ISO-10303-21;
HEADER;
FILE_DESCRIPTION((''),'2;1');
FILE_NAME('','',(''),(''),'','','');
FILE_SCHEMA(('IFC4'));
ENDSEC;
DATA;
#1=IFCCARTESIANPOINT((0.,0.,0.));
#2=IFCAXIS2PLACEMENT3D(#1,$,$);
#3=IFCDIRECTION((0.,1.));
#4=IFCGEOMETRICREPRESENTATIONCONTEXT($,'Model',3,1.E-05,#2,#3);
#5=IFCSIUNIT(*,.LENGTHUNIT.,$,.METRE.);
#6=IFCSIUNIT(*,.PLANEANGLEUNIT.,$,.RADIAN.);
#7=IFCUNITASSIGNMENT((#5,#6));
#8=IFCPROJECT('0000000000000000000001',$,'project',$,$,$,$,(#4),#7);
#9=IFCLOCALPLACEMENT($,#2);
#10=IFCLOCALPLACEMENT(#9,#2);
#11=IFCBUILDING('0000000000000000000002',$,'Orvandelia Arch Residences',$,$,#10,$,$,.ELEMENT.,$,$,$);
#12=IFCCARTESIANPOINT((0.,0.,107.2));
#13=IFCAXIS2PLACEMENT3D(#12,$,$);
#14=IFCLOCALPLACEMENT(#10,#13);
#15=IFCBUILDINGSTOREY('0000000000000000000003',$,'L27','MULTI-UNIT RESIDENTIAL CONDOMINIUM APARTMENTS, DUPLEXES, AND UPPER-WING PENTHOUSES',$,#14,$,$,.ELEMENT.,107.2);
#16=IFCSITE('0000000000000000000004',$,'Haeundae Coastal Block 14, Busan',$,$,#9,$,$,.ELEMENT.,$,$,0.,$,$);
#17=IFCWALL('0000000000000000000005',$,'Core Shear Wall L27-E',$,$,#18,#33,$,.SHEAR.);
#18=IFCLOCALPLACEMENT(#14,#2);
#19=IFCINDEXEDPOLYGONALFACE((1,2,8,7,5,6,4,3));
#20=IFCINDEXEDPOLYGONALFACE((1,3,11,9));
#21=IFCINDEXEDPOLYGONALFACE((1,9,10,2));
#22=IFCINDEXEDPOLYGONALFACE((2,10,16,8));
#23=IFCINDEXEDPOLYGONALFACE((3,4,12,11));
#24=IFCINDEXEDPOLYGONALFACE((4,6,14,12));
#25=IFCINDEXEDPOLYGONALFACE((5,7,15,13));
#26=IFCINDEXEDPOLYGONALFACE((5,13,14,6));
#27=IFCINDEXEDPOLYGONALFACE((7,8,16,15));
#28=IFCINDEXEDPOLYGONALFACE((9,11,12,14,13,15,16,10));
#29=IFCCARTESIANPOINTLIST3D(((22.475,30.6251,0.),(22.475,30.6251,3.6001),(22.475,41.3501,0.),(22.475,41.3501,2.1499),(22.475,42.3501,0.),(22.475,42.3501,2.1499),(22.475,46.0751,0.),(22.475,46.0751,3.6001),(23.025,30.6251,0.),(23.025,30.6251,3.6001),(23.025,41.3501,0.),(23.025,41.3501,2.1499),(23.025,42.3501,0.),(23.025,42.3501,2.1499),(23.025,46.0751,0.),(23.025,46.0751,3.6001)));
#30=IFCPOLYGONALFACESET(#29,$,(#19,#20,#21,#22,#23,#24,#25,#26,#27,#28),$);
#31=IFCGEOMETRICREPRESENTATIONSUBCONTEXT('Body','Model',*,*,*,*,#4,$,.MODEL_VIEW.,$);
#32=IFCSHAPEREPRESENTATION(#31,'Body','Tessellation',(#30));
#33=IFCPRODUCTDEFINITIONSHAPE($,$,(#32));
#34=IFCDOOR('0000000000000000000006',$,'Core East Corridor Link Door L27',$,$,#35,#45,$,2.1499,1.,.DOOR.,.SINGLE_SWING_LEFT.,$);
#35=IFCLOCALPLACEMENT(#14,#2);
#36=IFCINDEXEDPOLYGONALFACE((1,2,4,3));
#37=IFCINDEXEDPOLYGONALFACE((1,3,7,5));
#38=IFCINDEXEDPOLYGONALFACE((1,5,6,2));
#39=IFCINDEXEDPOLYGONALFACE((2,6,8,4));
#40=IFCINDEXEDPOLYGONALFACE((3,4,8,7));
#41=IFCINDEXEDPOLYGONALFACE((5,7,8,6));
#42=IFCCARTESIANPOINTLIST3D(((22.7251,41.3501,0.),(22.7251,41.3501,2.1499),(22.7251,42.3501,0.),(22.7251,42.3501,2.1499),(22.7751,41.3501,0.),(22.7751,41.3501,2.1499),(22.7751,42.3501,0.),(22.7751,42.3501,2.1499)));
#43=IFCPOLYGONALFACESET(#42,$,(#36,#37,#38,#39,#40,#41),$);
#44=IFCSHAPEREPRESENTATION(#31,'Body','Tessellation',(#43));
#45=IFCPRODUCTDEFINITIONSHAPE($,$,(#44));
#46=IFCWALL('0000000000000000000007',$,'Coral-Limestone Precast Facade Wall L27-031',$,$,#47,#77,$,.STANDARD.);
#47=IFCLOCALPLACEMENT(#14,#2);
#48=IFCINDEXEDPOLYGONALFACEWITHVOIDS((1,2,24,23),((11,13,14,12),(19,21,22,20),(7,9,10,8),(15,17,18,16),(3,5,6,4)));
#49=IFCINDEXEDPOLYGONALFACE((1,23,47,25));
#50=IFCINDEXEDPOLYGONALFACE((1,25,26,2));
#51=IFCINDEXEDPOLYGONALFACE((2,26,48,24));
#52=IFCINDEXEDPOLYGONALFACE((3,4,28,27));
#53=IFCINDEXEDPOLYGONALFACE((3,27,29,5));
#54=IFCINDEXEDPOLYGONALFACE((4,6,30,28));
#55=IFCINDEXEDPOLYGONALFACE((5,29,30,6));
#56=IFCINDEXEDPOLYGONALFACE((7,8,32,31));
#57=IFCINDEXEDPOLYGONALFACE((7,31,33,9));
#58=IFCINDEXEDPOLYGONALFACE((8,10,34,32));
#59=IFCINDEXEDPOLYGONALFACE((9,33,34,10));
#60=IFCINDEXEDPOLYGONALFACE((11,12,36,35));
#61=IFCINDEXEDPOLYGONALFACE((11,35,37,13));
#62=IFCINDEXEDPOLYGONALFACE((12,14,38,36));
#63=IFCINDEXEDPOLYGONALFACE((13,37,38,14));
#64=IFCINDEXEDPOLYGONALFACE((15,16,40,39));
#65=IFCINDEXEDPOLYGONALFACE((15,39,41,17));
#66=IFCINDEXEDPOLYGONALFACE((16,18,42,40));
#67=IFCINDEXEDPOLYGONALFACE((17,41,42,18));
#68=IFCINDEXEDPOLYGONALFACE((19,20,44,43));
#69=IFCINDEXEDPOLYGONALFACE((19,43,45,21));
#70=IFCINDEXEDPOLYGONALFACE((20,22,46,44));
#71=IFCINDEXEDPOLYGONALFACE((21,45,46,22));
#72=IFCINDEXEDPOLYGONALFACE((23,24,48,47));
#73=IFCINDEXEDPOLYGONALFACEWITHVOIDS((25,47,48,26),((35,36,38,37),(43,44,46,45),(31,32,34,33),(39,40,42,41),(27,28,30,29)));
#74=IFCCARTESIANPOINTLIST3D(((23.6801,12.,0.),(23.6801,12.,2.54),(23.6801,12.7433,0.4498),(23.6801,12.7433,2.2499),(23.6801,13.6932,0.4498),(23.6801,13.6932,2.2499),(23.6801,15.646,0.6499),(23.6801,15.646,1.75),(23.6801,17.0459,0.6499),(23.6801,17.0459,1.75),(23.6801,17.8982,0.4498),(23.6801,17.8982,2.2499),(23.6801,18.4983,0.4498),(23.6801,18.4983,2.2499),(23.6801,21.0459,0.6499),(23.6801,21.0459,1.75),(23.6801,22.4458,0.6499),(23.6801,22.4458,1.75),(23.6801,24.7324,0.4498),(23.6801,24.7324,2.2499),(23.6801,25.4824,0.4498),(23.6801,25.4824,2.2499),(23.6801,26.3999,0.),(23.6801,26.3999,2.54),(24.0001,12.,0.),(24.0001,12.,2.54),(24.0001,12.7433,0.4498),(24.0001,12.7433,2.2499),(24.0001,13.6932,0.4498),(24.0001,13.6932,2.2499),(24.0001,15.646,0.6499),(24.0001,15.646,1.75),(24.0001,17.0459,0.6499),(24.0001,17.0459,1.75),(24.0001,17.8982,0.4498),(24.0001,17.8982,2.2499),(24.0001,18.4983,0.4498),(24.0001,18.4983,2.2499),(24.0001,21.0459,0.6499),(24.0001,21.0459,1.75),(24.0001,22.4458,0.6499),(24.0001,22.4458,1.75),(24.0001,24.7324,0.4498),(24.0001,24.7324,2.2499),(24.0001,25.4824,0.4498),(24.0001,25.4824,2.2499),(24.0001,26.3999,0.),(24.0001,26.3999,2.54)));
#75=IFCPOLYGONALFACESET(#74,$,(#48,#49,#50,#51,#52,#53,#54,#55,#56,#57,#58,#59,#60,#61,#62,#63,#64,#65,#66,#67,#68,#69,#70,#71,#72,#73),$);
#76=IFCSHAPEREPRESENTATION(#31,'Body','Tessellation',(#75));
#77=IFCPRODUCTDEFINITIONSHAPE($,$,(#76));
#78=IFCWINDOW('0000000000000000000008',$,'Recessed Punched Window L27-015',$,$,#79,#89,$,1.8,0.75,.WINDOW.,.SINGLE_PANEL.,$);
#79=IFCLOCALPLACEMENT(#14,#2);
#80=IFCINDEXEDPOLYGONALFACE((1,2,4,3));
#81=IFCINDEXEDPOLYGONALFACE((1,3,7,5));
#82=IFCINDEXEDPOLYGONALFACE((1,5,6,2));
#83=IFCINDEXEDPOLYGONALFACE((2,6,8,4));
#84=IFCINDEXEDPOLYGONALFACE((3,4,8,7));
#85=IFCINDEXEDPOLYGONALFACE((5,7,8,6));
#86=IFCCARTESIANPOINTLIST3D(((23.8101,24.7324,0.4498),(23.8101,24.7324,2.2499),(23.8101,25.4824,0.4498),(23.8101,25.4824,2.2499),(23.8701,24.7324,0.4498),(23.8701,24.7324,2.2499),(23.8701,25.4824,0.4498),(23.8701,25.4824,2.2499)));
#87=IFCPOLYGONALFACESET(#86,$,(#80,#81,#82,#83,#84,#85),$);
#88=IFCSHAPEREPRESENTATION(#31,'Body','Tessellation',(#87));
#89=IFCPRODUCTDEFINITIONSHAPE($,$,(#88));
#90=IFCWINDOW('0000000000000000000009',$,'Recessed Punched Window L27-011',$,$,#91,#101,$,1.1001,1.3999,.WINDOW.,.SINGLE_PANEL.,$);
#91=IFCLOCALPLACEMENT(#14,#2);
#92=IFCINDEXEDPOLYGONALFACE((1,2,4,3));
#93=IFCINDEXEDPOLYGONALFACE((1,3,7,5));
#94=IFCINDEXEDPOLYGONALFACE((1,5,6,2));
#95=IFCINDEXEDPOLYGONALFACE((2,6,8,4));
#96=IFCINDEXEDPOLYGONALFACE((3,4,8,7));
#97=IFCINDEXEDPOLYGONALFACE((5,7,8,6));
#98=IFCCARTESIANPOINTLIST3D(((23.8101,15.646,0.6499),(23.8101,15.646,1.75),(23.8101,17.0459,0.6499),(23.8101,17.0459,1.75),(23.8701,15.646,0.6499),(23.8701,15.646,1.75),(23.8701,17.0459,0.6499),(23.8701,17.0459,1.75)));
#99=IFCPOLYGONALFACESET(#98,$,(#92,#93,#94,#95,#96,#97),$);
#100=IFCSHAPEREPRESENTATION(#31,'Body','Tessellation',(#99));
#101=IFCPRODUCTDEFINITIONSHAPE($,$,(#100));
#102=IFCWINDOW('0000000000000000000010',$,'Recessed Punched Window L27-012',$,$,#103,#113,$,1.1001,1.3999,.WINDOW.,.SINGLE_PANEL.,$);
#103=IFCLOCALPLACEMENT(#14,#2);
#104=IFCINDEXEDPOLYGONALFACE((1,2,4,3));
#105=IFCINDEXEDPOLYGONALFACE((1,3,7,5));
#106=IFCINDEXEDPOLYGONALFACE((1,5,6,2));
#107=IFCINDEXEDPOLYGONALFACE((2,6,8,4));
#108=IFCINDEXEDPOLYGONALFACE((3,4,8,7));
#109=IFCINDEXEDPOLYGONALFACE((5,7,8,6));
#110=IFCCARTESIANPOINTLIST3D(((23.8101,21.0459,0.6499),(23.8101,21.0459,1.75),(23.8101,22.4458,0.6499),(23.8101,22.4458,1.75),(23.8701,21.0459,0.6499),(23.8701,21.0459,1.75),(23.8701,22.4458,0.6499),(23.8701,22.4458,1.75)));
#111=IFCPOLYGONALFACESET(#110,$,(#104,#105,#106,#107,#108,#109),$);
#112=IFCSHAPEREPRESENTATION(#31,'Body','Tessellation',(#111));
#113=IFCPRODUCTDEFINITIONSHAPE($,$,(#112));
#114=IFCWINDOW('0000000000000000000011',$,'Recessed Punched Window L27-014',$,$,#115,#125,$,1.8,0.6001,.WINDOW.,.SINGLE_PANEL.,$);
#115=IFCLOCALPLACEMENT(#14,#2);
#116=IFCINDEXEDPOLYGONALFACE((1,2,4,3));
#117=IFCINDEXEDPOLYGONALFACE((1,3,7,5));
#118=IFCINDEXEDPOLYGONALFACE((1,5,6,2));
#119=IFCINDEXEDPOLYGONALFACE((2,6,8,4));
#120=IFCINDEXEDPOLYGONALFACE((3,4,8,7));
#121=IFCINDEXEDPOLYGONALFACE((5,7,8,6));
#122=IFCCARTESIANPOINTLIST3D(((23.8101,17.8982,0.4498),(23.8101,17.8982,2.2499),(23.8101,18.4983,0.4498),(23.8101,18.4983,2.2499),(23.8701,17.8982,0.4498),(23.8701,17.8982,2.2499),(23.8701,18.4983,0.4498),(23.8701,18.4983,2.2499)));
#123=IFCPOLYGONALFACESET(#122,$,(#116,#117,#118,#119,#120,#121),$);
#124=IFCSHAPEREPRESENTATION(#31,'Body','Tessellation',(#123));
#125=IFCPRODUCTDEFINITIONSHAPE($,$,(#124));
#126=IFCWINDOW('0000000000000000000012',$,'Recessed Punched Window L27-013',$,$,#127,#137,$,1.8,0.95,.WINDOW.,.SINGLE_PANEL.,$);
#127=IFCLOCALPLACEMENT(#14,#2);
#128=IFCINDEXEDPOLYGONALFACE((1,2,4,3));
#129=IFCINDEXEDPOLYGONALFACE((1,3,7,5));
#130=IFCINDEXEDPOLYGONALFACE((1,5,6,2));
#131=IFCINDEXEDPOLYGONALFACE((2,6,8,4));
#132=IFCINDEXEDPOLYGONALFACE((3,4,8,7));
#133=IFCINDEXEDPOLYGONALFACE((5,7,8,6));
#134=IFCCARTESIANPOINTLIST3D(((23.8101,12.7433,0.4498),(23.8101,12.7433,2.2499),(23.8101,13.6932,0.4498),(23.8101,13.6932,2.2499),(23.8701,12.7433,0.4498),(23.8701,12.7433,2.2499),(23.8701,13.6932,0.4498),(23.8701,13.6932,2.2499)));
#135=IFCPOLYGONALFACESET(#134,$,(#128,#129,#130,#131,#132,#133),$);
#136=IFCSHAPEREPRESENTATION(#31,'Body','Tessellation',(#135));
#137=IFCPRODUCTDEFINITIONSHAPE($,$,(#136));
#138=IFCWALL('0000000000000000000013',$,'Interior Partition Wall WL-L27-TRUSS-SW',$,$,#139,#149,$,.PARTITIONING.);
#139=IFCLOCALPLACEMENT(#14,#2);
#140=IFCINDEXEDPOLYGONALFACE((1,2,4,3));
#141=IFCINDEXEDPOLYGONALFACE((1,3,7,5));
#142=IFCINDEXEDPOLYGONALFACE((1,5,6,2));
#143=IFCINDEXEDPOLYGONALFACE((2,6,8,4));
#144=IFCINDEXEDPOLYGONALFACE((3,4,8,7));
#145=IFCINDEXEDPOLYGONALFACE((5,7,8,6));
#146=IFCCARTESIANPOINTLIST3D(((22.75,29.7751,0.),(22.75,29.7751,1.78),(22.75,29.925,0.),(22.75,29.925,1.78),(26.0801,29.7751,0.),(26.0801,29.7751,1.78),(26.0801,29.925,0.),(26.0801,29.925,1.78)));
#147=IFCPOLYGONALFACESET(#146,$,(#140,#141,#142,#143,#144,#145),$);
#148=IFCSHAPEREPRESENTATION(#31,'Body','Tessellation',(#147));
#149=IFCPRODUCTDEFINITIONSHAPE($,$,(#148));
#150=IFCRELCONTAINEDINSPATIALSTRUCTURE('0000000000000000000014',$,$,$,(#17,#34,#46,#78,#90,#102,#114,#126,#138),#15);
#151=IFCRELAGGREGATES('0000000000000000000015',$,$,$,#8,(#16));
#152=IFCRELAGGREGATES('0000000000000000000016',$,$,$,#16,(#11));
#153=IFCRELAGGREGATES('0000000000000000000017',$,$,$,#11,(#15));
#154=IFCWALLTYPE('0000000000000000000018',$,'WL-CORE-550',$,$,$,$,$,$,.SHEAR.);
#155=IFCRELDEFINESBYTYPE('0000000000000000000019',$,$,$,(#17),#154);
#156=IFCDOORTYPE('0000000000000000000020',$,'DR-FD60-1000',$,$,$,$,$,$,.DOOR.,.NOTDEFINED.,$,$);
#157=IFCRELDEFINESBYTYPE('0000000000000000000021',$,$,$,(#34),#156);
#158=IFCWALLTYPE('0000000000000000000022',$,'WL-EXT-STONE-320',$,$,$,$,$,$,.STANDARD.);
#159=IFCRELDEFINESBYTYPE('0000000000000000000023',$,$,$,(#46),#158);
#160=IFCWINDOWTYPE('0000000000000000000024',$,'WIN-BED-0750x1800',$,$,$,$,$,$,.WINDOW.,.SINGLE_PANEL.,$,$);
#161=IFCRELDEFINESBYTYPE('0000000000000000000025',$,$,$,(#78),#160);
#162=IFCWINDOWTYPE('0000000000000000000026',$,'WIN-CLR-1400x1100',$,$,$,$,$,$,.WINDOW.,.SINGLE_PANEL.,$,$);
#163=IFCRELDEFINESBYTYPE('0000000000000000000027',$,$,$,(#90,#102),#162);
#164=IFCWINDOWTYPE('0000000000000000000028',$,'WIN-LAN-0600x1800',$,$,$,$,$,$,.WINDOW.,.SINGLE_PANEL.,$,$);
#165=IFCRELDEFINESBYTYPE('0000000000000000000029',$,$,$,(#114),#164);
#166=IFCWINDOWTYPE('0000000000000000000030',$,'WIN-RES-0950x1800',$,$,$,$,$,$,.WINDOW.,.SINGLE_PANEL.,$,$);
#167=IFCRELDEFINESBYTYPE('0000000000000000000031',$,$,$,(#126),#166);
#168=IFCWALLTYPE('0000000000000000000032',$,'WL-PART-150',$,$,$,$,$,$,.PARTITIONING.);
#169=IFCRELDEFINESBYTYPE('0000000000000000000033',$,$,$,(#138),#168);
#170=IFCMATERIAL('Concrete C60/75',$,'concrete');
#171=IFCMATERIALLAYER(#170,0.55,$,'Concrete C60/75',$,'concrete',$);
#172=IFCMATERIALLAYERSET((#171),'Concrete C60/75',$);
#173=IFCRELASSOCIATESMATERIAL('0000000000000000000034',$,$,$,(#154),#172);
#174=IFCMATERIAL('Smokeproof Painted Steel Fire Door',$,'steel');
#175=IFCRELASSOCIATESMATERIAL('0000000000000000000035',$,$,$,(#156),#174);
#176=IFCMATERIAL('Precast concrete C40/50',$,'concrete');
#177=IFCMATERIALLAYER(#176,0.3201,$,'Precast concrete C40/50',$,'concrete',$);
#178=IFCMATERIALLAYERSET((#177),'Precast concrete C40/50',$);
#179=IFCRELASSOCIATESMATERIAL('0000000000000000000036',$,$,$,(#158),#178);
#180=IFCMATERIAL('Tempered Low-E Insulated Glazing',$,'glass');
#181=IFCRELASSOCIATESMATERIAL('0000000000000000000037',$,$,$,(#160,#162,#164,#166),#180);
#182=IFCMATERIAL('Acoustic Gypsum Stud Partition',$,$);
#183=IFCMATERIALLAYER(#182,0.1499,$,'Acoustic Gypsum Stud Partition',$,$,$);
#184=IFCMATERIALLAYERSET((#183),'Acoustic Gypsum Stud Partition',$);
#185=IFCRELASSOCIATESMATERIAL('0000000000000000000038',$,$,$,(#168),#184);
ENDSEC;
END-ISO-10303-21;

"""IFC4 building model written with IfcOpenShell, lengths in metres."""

from ifc_helpers import new_model, si_unit, direction, frame, frame_2d, origin, place, context, subcontext, project, spatial, rectangle, extrude, material, layer, layer_set, type_object, element, fill, save


model = new_model("IFC4")

# Units and contexts
model_context = context("Model", 3, precision=1e-05, world=origin(), true_north=direction((0.0, 1.0)))
body_context = subcontext(model_context, "Body", "Model", "MODEL_VIEW")
ifc_project = project(units=[si_unit("LENGTHUNIT", "METRE"), si_unit("PLANEANGLEUNIT", "RADIAN")], contexts=[model_context])

# Site, building, storey
site_placement = place(None, origin())
site = spatial("IfcSite", under=ifc_project, at=site_placement, Name="Haeundae Coastal Block 14, Busan", CompositionType="ELEMENT", RefElevation=0.0)
building_placement = place(site_placement, origin())
building = spatial("IfcBuilding", under=site, at=building_placement, Name="Orvandelia Arch Residences", CompositionType="ELEMENT")
storey_placement = place(building_placement, frame((0.0, 0.0, 107.2)))
storey = spatial("IfcBuildingStorey", under=building, at=storey_placement, Name="L27", Description="MULTI-UNIT RESIDENTIAL CONDOMINIUM APARTMENTS, DUPLEXES, AND UPPER-WING PENTHOUSES", CompositionType="ELEMENT", Elevation=107.2)

# Shared definitions
ifc_material_1 = material(Name="Concrete C60/75", Category="concrete")

# Wall, opening, door
ifc_layer_1 = layer(ifc_material_1, 0.55, Name="Concrete C60/75", Category="concrete")
ifc_layer_set_1 = layer_set([ifc_layer_1], Name="Concrete C60/75")
wall_type_1 = type_object("IfcWallType", Name="WL-CORE-550", PredefinedType="SHEAR", material=ifc_layer_set_1)
wall_1_placement = place(storey_placement, frame((22.75, 30.625, 0.0), z_axis=(0.0, 0.0, 1.0), x_axis=(0.0, 1.0, 0.0)))
wall_1 = element("IfcWall", 1, at=wall_1_placement, inside=storey, type_object=wall_type_1, Name="Core Shear Wall L27-E", PredefinedType="SHEAR", context=body_context, shape_type="SweptSolid", body=[
    extrude(rectangle(XDim=15.45, YDim=0.55, at=frame_2d((7.7251, 0.0))), origin(), (0.0, 0.0, 1.0), 3.6001),
])
opening_1_placement = place(wall_1_placement, frame((10.7251, 0.0, 0.0)))
opening_1 = element("IfcOpeningElement", 2, at=opening_1_placement, cuts=wall_1, PredefinedType="OPENING", context=body_context, shape_type="SweptSolid", body=[
    extrude(rectangle(XDim=1.0, YDim=2.1499, at=frame_2d((0.5, 1.075))), frame((0.0, 0.2852, 0.0), z_axis=(0.0, -1.0, 0.0), x_axis=(1.0, 0.0, 0.0)), (0.0, 0.0, 1.0), 0.5701),
])
ifc_material_2 = material(Name="Smokeproof Painted Steel Fire Door", Category="steel")
door_type = type_object("IfcDoorType", Name="DR-FD60-1000", OperationType="NOTDEFINED", PredefinedType="DOOR", material=ifc_material_2)
door_placement = place(opening_1_placement, origin())
door = element("IfcDoor", 3, at=door_placement, inside=storey, type_object=door_type, Name="Core East Corridor Link Door L27", OperationType="SINGLE_SWING_LEFT", OverallHeight=2.1499, OverallWidth=1.0, PredefinedType="DOOR", context=body_context, shape_type="SweptSolid", body=[
    extrude(rectangle(XDim=1.0, YDim=2.1499, at=frame_2d((0.5, 1.075))), frame((0.0, 0.0249, 0.0), z_axis=(0.0, -1.0, 0.0), x_axis=(1.0, 0.0, 0.0)), (0.0, 0.0, 1.0), 0.05),
])
fill(opening_1, door)

# Wall, openings, windows
ifc_material_3 = material(Name="Precast concrete C40/50", Category="concrete")
ifc_layer_2 = layer(ifc_material_3, 0.3201, Name="Precast concrete C40/50", Category="concrete")
ifc_layer_set_2 = layer_set([ifc_layer_2], Name="Precast concrete C40/50")
wall_type_2 = type_object("IfcWallType", Name="WL-EXT-STONE-320", PredefinedType="STANDARD", material=ifc_layer_set_2)
wall_2_placement = place(storey_placement, frame((23.8401, 26.3999, 0.0), z_axis=(0.0, 0.0, 1.0), x_axis=(0.0, -1.0, 0.0)))
wall_2 = element("IfcWall", 4, at=wall_2_placement, inside=storey, type_object=wall_type_2, Name="Coral-Limestone Precast Facade Wall L27-031", PredefinedType="STANDARD", context=body_context, shape_type="SweptSolid", body=[
    extrude(rectangle(XDim=14.3999, YDim=0.3201, at=frame_2d((7.2, 0.0))), origin(), (0.0, 0.0, 1.0), 2.54),
])
opening_2_placement = place(wall_2_placement, frame((9.354, 0.0, 0.6499)))
opening_2 = element("IfcOpeningElement", 5, at=opening_2_placement, cuts=wall_2, PredefinedType="OPENING", context=body_context, shape_type="SweptSolid", body=[
    extrude(rectangle(XDim=1.3999, YDim=1.1001, at=frame_2d((0.7, 0.55))), frame((0.0, 0.1699, 0.0), z_axis=(0.0, -1.0, 0.0), x_axis=(1.0, 0.0, 0.0)), (0.0, 0.0, 1.0), 0.3401),
])
opening_3_placement = place(wall_2_placement, frame((3.9541, 0.0, 0.6499)))
opening_3 = element("IfcOpeningElement", 6, at=opening_3_placement, cuts=wall_2, PredefinedType="OPENING", context=body_context, shape_type="SweptSolid", body=[
    extrude(rectangle(XDim=1.3999, YDim=1.1001, at=frame_2d((0.7, 0.55))), frame((0.0, 0.1699, 0.0), z_axis=(0.0, -1.0, 0.0), x_axis=(1.0, 0.0, 0.0)), (0.0, 0.0, 1.0), 0.3401),
])
opening_4_placement = place(wall_2_placement, frame((12.7065, 0.0, 0.45)))
opening_4 = element("IfcOpeningElement", 7, at=opening_4_placement, cuts=wall_2, PredefinedType="OPENING", context=body_context, shape_type="SweptSolid", body=[
    extrude(rectangle(XDim=0.95, YDim=1.8, at=frame_2d((0.4751, 0.8999))), frame((0.0, 0.1699, 0.0), z_axis=(0.0, -1.0, 0.0), x_axis=(1.0, 0.0, 0.0)), (0.0, 0.0, 1.0), 0.3401),
])
opening_5_placement = place(wall_2_placement, frame((7.9016, 0.0, 0.45)))
opening_5 = element("IfcOpeningElement", 8, at=opening_5_placement, cuts=wall_2, PredefinedType="OPENING", context=body_context, shape_type="SweptSolid", body=[
    extrude(rectangle(XDim=0.6001, YDim=1.8, at=frame_2d((0.3, 0.8999))), frame((0.0, 0.1699, 0.0), z_axis=(0.0, -1.0, 0.0), x_axis=(1.0, 0.0, 0.0)), (0.0, 0.0, 1.0), 0.3401),
])
opening_6_placement = place(wall_2_placement, frame((0.9175, 0.0, 0.45)))
opening_6 = element("IfcOpeningElement", 9, at=opening_6_placement, cuts=wall_2, PredefinedType="OPENING", context=body_context, shape_type="SweptSolid", body=[
    extrude(rectangle(XDim=0.75, YDim=1.8, at=frame_2d((0.375, 0.8999))), frame((0.0, 0.1699, 0.0), z_axis=(0.0, -1.0, 0.0), x_axis=(1.0, 0.0, 0.0)), (0.0, 0.0, 1.0), 0.3401),
])
ifc_material_4 = material(Name="Tempered Low-E Insulated Glazing", Category="glass")
window_type_1 = type_object("IfcWindowType", Name="WIN-BED-0750x1800", PartitioningType="SINGLE_PANEL", PredefinedType="WINDOW", material=ifc_material_4)
window_1_placement = place(opening_6_placement, origin())
window_1 = element("IfcWindow", 10, at=window_1_placement, inside=storey, type_object=window_type_1, Name="Recessed Punched Window L27-015", OverallHeight=1.8, OverallWidth=0.75, PartitioningType="SINGLE_PANEL", PredefinedType="WINDOW", context=body_context, shape_type="SweptSolid", body=[
    extrude(rectangle(XDim=0.75, YDim=1.8, at=frame_2d((0.375, 0.8999))), frame((0.0, 0.03, 0.0), z_axis=(0.0, -1.0, 0.0), x_axis=(1.0, 0.0, 0.0)), (0.0, 0.0, 1.0), 0.0601),
])
fill(opening_6, window_1)
window_type_2 = type_object("IfcWindowType", Name="WIN-CLR-1400x1100", PartitioningType="SINGLE_PANEL", PredefinedType="WINDOW", material=ifc_material_4)
window_2_placement = place(opening_2_placement, origin())
window_2 = element("IfcWindow", 11, at=window_2_placement, inside=storey, type_object=window_type_2, Name="Recessed Punched Window L27-011", OverallHeight=1.1001, OverallWidth=1.3999, PartitioningType="SINGLE_PANEL", PredefinedType="WINDOW", context=body_context, shape_type="SweptSolid", body=[
    extrude(rectangle(XDim=1.3999, YDim=1.1001, at=frame_2d((0.7, 0.55))), frame((0.0, 0.03, 0.0), z_axis=(0.0, -1.0, 0.0), x_axis=(1.0, 0.0, 0.0)), (0.0, 0.0, 1.0), 0.0601),
])
fill(opening_2, window_2)
window_3_placement = place(opening_3_placement, origin())
window_3 = element("IfcWindow", 12, at=window_3_placement, inside=storey, type_object=window_type_2, Name="Recessed Punched Window L27-012", OverallHeight=1.1001, OverallWidth=1.3999, PartitioningType="SINGLE_PANEL", PredefinedType="WINDOW", context=body_context, shape_type="SweptSolid", body=[
    extrude(rectangle(XDim=1.3999, YDim=1.1001, at=frame_2d((0.7, 0.55))), frame((0.0, 0.03, 0.0), z_axis=(0.0, -1.0, 0.0), x_axis=(1.0, 0.0, 0.0)), (0.0, 0.0, 1.0), 0.0601),
])
fill(opening_3, window_3)
window_type_3 = type_object("IfcWindowType", Name="WIN-LAN-0600x1800", PartitioningType="SINGLE_PANEL", PredefinedType="WINDOW", material=ifc_material_4)
window_4_placement = place(opening_5_placement, origin())
window_4 = element("IfcWindow", 13, at=window_4_placement, inside=storey, type_object=window_type_3, Name="Recessed Punched Window L27-014", OverallHeight=1.8, OverallWidth=0.6001, PartitioningType="SINGLE_PANEL", PredefinedType="WINDOW", context=body_context, shape_type="SweptSolid", body=[
    extrude(rectangle(XDim=0.6001, YDim=1.8, at=frame_2d((0.3, 0.8999))), frame((0.0, 0.03, 0.0), z_axis=(0.0, -1.0, 0.0), x_axis=(1.0, 0.0, 0.0)), (0.0, 0.0, 1.0), 0.0601),
])
fill(opening_5, window_4)
window_type_4 = type_object("IfcWindowType", Name="WIN-RES-0950x1800", PartitioningType="SINGLE_PANEL", PredefinedType="WINDOW", material=ifc_material_4)
window_5_placement = place(opening_4_placement, origin())
window_5 = element("IfcWindow", 14, at=window_5_placement, inside=storey, type_object=window_type_4, Name="Recessed Punched Window L27-013", OverallHeight=1.8, OverallWidth=0.95, PartitioningType="SINGLE_PANEL", PredefinedType="WINDOW", context=body_context, shape_type="SweptSolid", body=[
    extrude(rectangle(XDim=0.95, YDim=1.8, at=frame_2d((0.4751, 0.8999))), frame((0.0, 0.03, 0.0), z_axis=(0.0, -1.0, 0.0), x_axis=(1.0, 0.0, 0.0)), (0.0, 0.0, 1.0), 0.0601),
])
fill(opening_4, window_5)

# Wall
ifc_material_5 = material(Name="Acoustic Gypsum Stud Partition")
ifc_layer_3 = layer(ifc_material_5, 0.1499, Name="Acoustic Gypsum Stud Partition")
ifc_layer_set_3 = layer_set([ifc_layer_3], Name="Acoustic Gypsum Stud Partition")
wall_type_3 = type_object("IfcWallType", Name="WL-PART-150", PredefinedType="PARTITIONING", material=ifc_layer_set_3)
wall_3_placement = place(storey_placement, frame((22.75, 29.8501, 0.0), z_axis=(0.0, 0.0, 1.0), x_axis=(1.0, 0.0, 0.0)))
element("IfcWall", 15, at=wall_3_placement, inside=storey, type_object=wall_type_3, Name="Interior Partition Wall WL-L27-TRUSS-SW", PredefinedType="PARTITIONING", context=body_context, shape_type="SweptSolid", body=[
    extrude(rectangle(XDim=3.3301, YDim=0.1499, at=frame_2d((1.665, 0.0))), origin(), (0.0, 0.0, 1.0), 1.78),
])

save(model, "model.ifc")
